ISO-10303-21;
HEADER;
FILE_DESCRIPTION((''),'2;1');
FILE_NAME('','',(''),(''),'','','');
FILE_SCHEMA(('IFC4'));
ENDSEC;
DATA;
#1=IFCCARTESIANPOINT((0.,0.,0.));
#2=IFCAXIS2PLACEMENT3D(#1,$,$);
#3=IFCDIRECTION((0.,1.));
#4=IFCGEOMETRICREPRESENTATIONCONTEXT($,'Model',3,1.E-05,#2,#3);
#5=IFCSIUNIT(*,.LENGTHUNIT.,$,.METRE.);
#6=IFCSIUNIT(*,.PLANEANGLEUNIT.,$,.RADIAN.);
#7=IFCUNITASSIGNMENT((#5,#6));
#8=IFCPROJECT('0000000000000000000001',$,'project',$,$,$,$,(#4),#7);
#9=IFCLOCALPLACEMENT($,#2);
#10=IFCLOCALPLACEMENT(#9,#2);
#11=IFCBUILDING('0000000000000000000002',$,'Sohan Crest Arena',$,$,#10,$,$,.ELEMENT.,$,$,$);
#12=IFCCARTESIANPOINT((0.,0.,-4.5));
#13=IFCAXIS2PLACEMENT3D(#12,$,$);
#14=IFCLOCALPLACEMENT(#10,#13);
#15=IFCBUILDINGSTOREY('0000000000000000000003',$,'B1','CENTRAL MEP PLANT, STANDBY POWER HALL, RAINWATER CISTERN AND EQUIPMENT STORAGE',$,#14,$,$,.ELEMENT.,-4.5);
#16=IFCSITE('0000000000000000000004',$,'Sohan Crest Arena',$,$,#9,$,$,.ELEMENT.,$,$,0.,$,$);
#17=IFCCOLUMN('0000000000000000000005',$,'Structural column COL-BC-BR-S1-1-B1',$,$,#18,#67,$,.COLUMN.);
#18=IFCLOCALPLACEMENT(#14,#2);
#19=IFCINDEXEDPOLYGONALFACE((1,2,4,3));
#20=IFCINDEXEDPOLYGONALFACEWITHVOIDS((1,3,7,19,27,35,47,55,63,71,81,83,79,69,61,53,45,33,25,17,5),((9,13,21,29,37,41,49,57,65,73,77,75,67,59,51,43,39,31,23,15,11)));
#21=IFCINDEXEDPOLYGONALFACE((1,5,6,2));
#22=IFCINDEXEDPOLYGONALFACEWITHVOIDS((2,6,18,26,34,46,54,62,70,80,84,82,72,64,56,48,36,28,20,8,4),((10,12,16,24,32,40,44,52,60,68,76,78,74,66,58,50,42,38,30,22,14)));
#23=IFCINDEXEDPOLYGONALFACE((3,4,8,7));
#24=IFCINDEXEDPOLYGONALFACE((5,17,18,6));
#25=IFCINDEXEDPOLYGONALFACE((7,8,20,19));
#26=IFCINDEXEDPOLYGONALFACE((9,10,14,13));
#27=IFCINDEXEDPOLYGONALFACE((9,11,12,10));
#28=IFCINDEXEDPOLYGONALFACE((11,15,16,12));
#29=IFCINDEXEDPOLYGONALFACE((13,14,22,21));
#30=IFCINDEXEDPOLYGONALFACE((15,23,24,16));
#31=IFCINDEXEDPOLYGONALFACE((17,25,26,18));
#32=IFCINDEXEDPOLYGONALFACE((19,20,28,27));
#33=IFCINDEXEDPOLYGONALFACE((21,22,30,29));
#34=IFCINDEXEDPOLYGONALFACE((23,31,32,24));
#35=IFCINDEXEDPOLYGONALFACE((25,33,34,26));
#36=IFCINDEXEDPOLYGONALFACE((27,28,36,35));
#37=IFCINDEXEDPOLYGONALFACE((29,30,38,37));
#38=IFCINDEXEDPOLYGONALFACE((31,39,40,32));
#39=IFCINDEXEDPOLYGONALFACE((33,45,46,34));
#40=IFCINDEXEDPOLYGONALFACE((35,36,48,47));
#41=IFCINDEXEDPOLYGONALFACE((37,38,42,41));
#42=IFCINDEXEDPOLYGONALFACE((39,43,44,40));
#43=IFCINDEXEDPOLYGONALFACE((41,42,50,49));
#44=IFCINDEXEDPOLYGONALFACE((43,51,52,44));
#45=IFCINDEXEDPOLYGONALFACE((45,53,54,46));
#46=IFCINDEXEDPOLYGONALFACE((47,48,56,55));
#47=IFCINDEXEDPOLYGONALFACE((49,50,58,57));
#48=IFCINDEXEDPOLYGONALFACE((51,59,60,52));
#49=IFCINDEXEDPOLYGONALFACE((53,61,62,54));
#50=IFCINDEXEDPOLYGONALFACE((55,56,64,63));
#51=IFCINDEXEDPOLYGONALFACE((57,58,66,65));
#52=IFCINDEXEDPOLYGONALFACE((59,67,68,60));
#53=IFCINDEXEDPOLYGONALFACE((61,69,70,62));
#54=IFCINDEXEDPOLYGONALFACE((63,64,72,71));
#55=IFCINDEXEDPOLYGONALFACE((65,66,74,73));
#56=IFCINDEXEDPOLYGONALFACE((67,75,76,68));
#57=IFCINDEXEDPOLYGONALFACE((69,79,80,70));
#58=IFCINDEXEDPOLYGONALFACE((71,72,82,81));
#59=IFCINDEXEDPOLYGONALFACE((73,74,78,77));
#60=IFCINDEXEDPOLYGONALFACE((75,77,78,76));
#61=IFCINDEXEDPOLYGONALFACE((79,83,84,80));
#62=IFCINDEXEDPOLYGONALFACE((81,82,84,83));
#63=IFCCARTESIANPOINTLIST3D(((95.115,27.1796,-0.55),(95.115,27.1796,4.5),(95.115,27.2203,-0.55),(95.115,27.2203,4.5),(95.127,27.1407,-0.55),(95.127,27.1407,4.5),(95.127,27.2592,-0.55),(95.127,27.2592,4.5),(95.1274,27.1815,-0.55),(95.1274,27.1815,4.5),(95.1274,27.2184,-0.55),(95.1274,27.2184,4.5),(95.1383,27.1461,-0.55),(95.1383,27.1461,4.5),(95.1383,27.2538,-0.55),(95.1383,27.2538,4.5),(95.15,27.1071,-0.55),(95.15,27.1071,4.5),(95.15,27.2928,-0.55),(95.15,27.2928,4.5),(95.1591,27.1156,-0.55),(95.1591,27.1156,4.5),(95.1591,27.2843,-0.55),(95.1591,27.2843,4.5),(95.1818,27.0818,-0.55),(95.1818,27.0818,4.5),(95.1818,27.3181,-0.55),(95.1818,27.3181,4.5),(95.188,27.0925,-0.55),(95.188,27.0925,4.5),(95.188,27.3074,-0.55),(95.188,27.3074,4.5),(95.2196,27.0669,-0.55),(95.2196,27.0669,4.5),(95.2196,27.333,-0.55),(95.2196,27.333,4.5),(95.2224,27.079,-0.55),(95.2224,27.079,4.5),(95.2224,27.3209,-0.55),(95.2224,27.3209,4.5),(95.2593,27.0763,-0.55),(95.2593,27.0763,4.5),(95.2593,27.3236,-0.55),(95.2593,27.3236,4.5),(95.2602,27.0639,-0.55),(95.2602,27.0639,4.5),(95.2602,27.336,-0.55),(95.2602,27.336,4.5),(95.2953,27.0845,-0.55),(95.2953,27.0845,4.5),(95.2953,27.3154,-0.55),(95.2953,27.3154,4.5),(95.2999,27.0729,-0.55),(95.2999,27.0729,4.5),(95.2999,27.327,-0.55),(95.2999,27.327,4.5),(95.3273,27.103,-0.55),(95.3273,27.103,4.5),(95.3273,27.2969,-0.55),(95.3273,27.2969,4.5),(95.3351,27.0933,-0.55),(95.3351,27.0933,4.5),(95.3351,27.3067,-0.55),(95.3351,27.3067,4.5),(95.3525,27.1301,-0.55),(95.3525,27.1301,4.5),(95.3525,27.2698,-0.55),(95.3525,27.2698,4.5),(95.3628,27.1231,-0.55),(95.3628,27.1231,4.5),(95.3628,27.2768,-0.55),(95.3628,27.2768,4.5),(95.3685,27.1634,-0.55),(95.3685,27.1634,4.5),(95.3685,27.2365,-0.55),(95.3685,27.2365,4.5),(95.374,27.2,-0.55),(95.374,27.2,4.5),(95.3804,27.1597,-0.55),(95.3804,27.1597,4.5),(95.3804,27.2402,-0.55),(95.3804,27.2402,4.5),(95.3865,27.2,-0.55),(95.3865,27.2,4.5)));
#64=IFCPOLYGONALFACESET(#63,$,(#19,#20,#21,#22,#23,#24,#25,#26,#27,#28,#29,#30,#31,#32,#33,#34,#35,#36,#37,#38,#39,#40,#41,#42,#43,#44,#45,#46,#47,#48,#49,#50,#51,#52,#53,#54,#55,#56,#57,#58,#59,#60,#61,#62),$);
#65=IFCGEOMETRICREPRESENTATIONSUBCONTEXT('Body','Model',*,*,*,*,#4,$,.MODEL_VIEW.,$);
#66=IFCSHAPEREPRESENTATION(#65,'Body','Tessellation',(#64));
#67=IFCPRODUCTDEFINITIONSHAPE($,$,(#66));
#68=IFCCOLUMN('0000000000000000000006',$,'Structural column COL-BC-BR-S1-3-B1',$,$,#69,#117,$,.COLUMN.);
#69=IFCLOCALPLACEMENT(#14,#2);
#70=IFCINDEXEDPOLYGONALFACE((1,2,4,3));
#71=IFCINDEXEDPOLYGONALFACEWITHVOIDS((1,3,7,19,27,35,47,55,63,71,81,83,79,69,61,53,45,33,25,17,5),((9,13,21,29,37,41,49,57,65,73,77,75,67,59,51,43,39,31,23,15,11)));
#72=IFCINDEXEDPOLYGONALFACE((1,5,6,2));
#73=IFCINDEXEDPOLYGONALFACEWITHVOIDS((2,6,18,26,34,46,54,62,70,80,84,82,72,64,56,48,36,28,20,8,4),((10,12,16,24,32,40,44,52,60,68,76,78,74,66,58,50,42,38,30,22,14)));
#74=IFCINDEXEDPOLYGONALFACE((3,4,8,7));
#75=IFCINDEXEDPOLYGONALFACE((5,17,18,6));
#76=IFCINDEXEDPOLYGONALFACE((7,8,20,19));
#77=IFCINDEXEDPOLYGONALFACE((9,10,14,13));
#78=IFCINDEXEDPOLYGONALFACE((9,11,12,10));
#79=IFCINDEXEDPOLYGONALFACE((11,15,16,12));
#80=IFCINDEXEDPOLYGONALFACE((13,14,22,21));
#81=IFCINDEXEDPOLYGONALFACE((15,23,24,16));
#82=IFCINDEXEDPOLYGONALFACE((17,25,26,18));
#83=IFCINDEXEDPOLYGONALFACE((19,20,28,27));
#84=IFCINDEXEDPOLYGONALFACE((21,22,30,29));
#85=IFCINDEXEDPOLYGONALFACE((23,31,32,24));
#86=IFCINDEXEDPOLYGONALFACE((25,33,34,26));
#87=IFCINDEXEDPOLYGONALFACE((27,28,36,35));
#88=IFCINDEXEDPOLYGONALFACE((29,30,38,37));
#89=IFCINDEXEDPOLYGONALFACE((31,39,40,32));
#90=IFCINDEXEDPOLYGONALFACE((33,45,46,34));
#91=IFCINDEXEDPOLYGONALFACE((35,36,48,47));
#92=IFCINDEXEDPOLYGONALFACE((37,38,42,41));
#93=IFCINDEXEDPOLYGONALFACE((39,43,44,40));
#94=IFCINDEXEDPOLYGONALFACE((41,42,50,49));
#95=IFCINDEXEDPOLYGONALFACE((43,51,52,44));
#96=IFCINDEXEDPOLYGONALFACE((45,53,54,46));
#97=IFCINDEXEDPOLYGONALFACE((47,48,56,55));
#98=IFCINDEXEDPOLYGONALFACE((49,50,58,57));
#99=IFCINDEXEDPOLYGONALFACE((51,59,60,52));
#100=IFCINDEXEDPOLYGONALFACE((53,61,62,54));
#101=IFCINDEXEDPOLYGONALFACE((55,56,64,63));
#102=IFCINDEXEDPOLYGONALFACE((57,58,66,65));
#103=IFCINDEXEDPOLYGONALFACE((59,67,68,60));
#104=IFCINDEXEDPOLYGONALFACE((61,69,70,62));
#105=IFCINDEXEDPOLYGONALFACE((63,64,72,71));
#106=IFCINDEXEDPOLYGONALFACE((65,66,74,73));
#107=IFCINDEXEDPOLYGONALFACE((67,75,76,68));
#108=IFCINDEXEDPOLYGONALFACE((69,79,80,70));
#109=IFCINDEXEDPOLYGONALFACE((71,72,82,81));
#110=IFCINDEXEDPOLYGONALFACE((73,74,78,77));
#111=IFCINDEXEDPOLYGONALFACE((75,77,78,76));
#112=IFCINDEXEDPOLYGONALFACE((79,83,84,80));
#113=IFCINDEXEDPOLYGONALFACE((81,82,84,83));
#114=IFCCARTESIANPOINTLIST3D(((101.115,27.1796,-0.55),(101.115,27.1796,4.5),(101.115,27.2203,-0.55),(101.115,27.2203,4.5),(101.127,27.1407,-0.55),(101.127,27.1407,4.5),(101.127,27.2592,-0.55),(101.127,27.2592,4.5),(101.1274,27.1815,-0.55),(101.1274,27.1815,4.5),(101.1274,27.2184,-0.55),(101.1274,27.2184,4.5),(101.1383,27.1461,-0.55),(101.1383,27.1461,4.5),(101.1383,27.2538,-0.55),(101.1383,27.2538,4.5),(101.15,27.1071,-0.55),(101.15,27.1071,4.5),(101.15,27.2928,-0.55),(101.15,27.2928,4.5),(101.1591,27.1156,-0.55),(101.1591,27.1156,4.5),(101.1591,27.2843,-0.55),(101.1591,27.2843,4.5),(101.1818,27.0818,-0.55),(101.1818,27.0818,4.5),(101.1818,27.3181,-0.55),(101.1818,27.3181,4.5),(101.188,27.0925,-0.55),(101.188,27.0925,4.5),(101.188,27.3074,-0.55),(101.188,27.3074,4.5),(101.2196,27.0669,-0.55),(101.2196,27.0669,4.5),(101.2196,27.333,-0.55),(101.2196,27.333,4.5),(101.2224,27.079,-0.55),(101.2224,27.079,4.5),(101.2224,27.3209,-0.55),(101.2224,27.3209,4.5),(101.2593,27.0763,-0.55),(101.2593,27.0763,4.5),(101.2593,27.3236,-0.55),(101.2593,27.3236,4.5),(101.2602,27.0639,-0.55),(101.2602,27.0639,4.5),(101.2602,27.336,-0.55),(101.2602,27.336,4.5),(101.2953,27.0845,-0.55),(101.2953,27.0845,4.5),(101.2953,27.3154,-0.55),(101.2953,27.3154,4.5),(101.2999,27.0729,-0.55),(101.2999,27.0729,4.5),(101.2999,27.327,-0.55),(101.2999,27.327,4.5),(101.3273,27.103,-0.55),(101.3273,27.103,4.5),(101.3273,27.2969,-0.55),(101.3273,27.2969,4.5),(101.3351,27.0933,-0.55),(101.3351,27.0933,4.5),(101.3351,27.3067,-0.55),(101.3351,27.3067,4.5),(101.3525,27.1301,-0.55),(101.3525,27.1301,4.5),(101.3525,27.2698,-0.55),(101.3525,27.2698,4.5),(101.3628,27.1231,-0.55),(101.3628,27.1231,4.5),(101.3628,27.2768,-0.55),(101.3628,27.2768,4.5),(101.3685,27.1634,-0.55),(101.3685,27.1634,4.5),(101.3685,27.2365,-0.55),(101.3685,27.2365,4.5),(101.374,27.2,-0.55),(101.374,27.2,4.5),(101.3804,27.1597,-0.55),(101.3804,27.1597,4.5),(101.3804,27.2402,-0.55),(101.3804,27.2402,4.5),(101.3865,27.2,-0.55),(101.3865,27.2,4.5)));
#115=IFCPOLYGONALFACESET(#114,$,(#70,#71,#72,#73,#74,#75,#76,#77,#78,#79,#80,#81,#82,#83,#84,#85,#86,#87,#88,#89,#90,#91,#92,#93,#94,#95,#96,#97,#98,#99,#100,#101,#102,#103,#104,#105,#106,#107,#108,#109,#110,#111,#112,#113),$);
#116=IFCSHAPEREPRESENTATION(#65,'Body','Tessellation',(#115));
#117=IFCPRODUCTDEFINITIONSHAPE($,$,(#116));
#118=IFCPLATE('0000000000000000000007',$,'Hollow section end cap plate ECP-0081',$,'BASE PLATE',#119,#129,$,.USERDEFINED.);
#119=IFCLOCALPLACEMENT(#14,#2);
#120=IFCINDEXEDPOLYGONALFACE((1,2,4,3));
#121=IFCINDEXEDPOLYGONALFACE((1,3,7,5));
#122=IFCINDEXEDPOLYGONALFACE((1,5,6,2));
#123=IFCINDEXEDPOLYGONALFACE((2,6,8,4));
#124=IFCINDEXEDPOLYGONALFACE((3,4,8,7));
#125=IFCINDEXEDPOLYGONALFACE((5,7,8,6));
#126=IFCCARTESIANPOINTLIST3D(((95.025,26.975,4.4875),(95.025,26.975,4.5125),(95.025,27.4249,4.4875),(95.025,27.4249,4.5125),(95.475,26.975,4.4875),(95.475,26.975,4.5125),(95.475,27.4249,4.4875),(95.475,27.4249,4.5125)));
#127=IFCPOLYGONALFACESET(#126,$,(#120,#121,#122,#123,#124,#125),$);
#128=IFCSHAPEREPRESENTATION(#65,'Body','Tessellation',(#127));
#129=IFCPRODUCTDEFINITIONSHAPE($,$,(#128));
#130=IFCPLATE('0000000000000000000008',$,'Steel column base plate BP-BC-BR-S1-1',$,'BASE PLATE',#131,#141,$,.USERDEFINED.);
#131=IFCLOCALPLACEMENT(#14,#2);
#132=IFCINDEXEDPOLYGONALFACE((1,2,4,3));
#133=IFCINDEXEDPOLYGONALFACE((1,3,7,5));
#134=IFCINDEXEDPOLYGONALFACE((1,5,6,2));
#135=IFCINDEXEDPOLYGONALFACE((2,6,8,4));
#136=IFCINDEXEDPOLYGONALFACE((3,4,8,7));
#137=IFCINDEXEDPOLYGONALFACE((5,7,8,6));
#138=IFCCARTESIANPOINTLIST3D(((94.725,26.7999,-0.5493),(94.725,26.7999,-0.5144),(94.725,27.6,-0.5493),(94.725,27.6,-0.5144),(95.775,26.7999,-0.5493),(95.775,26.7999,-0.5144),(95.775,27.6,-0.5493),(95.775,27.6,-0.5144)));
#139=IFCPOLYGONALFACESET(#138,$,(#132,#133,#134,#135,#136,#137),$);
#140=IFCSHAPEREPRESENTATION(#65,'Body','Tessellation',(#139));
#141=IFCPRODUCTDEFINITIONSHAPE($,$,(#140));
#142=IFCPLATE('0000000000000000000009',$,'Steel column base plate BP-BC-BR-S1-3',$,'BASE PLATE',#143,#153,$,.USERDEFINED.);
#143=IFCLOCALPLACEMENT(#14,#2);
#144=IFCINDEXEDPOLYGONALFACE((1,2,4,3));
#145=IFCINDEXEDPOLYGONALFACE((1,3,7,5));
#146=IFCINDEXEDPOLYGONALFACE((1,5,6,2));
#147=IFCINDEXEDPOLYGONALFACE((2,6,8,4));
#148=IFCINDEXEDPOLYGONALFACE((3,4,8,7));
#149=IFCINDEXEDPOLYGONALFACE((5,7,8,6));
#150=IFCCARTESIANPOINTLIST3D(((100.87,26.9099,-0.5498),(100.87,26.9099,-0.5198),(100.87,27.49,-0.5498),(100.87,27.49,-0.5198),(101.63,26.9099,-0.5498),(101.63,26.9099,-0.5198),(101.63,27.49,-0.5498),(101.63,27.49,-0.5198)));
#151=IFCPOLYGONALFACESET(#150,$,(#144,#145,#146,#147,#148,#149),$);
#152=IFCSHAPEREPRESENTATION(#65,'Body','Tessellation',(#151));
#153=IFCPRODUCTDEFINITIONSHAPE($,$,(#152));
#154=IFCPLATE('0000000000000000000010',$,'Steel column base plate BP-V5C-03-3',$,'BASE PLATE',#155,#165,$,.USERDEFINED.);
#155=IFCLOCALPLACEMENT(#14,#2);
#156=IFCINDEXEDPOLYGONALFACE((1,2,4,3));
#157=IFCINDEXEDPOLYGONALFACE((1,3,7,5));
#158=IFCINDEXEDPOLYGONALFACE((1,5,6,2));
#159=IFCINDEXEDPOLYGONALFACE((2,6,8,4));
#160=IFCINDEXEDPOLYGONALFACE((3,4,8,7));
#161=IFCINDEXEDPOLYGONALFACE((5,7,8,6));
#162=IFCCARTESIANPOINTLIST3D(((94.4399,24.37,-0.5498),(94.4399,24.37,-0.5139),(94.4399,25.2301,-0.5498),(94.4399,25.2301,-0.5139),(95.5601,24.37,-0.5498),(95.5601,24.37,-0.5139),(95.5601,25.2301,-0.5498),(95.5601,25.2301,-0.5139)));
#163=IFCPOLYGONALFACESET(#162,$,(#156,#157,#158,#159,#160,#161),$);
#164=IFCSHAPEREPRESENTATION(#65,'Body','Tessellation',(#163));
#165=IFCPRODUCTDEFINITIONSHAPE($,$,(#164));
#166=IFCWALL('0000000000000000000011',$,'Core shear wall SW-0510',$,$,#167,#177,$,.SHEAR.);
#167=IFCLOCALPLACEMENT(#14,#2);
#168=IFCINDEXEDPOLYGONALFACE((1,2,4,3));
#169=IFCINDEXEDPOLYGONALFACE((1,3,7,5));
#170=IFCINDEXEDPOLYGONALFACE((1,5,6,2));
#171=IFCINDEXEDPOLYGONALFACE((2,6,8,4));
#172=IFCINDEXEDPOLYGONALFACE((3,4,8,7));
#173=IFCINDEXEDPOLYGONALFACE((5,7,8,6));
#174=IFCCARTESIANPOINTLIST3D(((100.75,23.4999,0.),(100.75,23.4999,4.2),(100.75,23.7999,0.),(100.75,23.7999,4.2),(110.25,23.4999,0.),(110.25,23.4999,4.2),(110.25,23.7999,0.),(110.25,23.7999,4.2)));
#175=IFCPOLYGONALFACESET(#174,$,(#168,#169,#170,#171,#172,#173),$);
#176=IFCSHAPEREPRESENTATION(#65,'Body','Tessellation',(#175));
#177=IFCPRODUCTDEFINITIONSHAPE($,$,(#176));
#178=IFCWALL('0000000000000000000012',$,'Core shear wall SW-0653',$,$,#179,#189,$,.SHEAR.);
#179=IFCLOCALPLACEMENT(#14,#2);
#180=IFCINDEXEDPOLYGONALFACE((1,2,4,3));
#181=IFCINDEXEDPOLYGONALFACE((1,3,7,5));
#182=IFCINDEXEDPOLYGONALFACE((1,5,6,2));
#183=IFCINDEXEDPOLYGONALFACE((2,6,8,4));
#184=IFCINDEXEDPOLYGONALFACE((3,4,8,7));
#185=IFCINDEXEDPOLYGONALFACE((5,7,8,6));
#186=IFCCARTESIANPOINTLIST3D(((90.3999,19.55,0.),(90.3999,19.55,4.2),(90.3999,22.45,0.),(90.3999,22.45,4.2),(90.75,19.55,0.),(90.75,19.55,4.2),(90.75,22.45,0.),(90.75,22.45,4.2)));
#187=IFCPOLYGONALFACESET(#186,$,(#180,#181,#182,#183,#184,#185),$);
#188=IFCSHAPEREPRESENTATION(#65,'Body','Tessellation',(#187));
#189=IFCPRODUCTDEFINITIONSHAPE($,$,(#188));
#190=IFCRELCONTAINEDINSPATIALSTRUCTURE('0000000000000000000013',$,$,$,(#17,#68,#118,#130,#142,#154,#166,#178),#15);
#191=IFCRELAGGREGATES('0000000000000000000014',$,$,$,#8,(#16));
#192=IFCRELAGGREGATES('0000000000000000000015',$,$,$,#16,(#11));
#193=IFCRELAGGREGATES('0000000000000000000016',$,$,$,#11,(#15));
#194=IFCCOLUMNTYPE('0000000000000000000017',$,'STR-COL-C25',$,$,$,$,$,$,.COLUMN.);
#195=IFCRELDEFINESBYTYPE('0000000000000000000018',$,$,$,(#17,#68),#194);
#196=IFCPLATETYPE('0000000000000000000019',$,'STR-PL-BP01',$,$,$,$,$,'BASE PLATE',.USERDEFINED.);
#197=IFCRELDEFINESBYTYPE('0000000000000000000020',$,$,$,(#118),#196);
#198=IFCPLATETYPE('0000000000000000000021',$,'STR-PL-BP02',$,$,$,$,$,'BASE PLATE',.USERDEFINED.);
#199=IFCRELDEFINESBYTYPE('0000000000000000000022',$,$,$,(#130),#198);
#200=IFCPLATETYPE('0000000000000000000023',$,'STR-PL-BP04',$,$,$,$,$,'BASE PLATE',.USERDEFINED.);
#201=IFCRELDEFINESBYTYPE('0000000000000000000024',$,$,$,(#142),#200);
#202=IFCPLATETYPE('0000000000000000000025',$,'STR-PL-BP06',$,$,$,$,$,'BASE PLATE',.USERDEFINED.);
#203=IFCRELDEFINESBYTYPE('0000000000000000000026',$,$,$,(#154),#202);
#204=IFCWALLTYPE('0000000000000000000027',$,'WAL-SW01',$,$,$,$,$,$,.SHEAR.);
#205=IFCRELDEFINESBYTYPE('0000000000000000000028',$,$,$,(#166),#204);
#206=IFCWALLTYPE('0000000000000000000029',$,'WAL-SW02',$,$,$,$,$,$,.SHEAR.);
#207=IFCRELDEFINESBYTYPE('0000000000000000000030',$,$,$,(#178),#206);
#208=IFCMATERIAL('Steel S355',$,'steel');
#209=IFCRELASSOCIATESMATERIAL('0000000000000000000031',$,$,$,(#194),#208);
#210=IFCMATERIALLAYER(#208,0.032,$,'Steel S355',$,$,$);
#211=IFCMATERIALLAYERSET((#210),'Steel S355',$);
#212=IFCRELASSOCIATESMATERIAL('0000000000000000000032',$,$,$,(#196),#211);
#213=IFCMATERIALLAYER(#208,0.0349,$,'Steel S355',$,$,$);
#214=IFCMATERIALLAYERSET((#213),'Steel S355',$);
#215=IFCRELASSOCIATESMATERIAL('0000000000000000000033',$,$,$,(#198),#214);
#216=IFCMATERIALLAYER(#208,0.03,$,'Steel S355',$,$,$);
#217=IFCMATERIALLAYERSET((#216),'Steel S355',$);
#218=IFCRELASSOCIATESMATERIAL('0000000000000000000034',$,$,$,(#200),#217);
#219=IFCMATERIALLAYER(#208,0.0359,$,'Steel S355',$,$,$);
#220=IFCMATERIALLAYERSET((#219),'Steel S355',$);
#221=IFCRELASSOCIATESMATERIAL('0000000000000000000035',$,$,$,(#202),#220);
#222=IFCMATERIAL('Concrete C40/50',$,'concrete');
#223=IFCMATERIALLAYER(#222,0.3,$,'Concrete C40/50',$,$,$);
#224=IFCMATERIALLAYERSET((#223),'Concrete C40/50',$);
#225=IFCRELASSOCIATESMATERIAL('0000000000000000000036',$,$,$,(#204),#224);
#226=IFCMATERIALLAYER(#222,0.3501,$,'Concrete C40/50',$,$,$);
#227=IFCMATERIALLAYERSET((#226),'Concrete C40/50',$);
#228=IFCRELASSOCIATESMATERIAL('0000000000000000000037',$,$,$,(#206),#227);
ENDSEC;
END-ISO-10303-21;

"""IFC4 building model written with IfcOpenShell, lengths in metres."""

from ifc_helpers import new_model, si_unit, direction, frame, frame_2d, origin, origin_2d, place, context, subcontext, project, spatial, rectangle, hollow_circle, extrude, material, layer, layer_set, material_profile, profile_set, type_object, element, save


model = new_model("IFC4")

# Units and contexts
model_context = context("Model", 3, precision=1e-05, world=origin(), true_north=direction((0.0, 1.0)))
body_context = subcontext(model_context, "Body", "Model", "MODEL_VIEW")
ifc_project = project(units=[si_unit("LENGTHUNIT", "METRE"), si_unit("PLANEANGLEUNIT", "RADIAN")], contexts=[model_context])

# Site, building, storey
site_placement = place(None, origin())
site = spatial("IfcSite", under=ifc_project, at=site_placement, Name="Sohan Crest Arena", CompositionType="ELEMENT", RefElevation=0.0)
building_placement = place(site_placement, origin())
building = spatial("IfcBuilding", under=site, at=building_placement, Name="Sohan Crest Arena", CompositionType="ELEMENT")
storey_placement = place(building_placement, frame((0.0, 0.0, -4.5)))
storey = spatial("IfcBuildingStorey", under=building, at=storey_placement, Name="B1", Description="CENTRAL MEP PLANT, STANDBY POWER HALL, RAINWATER CISTERN AND EQUIPMENT STORAGE", CompositionType="ELEMENT", Elevation=-4.5)

# Shared definitions
ifc_material_1 = material(Name="Concrete C40/50", Category="concrete")

# Columns
ifc_material_2 = material(Name="Steel S355", Category="steel")
ifc_material_profile_1 = material_profile(ifc_material_2, hollow_circle(Radius=0.1365, WallThickness=0.0125, at=origin_2d()), Name="CHS 273x12.5")
ifc_profile_set_1 = profile_set([ifc_material_profile_1], Name="Steel S355")
column_type_1 = type_object("IfcColumnType", Name="STR-COL-C25", PredefinedType="COLUMN", material=ifc_profile_set_1)
for number, where, z_axis, x_axis, name in (
    (1, (95.25, 27.2, -0.55), (0.0, 0.0, 1.0), (1.0, 0.0, 0.0), "Structural column COL-BC-BR-S1-1-B1"),
    (2, (101.25, 27.2, -0.55), (0.0, 0.0, 1.0), (1.0, 0.0, 0.0), "Structural column COL-BC-BR-S1-3-B1"),
):
    element("IfcColumn", number, at=place(storey_placement, frame(where, z_axis=z_axis, x_axis=x_axis)), inside=storey, type_object=column_type_1, Name=name, PredefinedType="COLUMN", context=body_context, shape_type="SweptSolid", body=[
        extrude(hollow_circle(Radius=0.1365, WallThickness=0.0125, at=origin_2d()), origin(), (0.0, 0.0, 1.0), 5.05),
    ])

# Plates
ifc_layer_1 = layer(ifc_material_2, 0.032, Name="Steel S355")
ifc_layer_set_1 = layer_set([ifc_layer_1], Name="Steel S355")
plate_type_1 = type_object("IfcPlateType", Name="STR-PL-BP01", ElementType="BASE PLATE", PredefinedType="USERDEFINED", material=ifc_layer_set_1)
plate_1_placement = place(storey_placement, frame((95.25, 27.2, 4.4875), z_axis=(0.0, 0.0, 1.0), x_axis=(1.0, 0.0, 0.0)))
element("IfcPlate", 3, at=plate_1_placement, inside=storey, type_object=plate_type_1, Name="Hollow section end cap plate ECP-0081", ObjectType="BASE PLATE", PredefinedType="USERDEFINED", context=body_context, shape_type="SweptSolid", body=[
    extrude(rectangle(XDim=0.45, YDim=0.45, at=origin_2d()), origin(), (0.0, 0.0, 1.0), 0.0249),
])
ifc_layer_2 = layer(ifc_material_2, 0.0349, Name="Steel S355")
ifc_layer_set_2 = layer_set([ifc_layer_2], Name="Steel S355")
plate_type_2 = type_object("IfcPlateType", Name="STR-PL-BP02", ElementType="BASE PLATE", PredefinedType="USERDEFINED", material=ifc_layer_set_2)
plate_2_placement = place(storey_placement, frame((95.25, 27.2, -0.5493), z_axis=(0.0, 0.0, 1.0), x_axis=(1.0, 0.0, 0.0)))
element("IfcPlate", 4, at=plate_2_placement, inside=storey, type_object=plate_type_2, Name="Steel column base plate BP-BC-BR-S1-1", ObjectType="BASE PLATE", PredefinedType="USERDEFINED", context=body_context, shape_type="SweptSolid", body=[
    extrude(rectangle(XDim=1.05, YDim=0.8, at=origin_2d()), origin(), (0.0, 0.0, 1.0), 0.0349),
])
ifc_layer_3 = layer(ifc_material_2, 0.03, Name="Steel S355")
ifc_layer_set_3 = layer_set([ifc_layer_3], Name="Steel S355")
plate_type_3 = type_object("IfcPlateType", Name="STR-PL-BP04", ElementType="BASE PLATE", PredefinedType="USERDEFINED", material=ifc_layer_set_3)
plate_3_placement = place(storey_placement, frame((101.25, 27.2, -0.5498), z_axis=(0.0, 0.0, 1.0), x_axis=(1.0, 0.0, 0.0)))
element("IfcPlate", 5, at=plate_3_placement, inside=storey, type_object=plate_type_3, Name="Steel column base plate BP-BC-BR-S1-3", ObjectType="BASE PLATE", PredefinedType="USERDEFINED", context=body_context, shape_type="SweptSolid", body=[
    extrude(rectangle(XDim=0.76, YDim=0.5801, at=origin_2d()), origin(), (0.0, 0.0, 1.0), 0.03),
])
ifc_layer_4 = layer(ifc_material_2, 0.0359, Name="Steel S355")
ifc_layer_set_4 = layer_set([ifc_layer_4], Name="Steel S355")
plate_type_4 = type_object("IfcPlateType", Name="STR-PL-BP06", ElementType="BASE PLATE", PredefinedType="USERDEFINED", material=ifc_layer_set_4)
plate_4_placement = place(storey_placement, frame((95.0, 24.8, -0.5498), z_axis=(0.0, 0.0, 1.0), x_axis=(1.0, 0.0, 0.0)))
element("IfcPlate", 6, at=plate_4_placement, inside=storey, type_object=plate_type_4, Name="Steel column base plate BP-V5C-03-3", ObjectType="BASE PLATE", PredefinedType="USERDEFINED", context=body_context, shape_type="SweptSolid", body=[
    extrude(rectangle(XDim=1.1201, YDim=0.8601, at=origin_2d()), origin(), (0.0, 0.0, 1.0), 0.0359),
])

# Walls
ifc_layer_5 = layer(ifc_material_1, 0.3, Name="Concrete C40/50")
ifc_layer_set_5 = layer_set([ifc_layer_5], Name="Concrete C40/50")
wall_type_1 = type_object("IfcWallType", Name="WAL-SW01", PredefinedType="SHEAR", material=ifc_layer_set_5)
wall_1_placement = place(storey_placement, frame((100.75, 23.6499, 0.0), z_axis=(0.0, 0.0, 1.0), x_axis=(1.0, 0.0, 0.0)))
element("IfcWall", 7, at=wall_1_placement, inside=storey, type_object=wall_type_1, Name="Core shear wall SW-0510", PredefinedType="SHEAR", context=body_context, shape_type="SweptSolid", body=[
    extrude(rectangle(XDim=9.5, YDim=0.3, at=frame_2d((4.75, 0.0))), origin(), (0.0, 0.0, 1.0), 4.2),
])
ifc_layer_6 = layer(ifc_material_1, 0.3501, Name="Concrete C40/50")
ifc_layer_set_6 = layer_set([ifc_layer_6], Name="Concrete C40/50")
wall_type_2 = type_object("IfcWallType", Name="WAL-SW02", PredefinedType="SHEAR", material=ifc_layer_set_6)
wall_2_placement = place(storey_placement, frame((90.575, 19.55, 0.0), z_axis=(0.0, 0.0, 1.0), x_axis=(0.0, 1.0, 0.0)))
element("IfcWall", 8, at=wall_2_placement, inside=storey, type_object=wall_type_2, Name="Core shear wall SW-0653", PredefinedType="SHEAR", context=body_context, shape_type="SweptSolid", body=[
    extrude(rectangle(XDim=2.8999, YDim=0.3501, at=frame_2d((1.45, 0.0))), origin(), (0.0, 0.0, 1.0), 4.2),
])

save(model, "model.ifc")
